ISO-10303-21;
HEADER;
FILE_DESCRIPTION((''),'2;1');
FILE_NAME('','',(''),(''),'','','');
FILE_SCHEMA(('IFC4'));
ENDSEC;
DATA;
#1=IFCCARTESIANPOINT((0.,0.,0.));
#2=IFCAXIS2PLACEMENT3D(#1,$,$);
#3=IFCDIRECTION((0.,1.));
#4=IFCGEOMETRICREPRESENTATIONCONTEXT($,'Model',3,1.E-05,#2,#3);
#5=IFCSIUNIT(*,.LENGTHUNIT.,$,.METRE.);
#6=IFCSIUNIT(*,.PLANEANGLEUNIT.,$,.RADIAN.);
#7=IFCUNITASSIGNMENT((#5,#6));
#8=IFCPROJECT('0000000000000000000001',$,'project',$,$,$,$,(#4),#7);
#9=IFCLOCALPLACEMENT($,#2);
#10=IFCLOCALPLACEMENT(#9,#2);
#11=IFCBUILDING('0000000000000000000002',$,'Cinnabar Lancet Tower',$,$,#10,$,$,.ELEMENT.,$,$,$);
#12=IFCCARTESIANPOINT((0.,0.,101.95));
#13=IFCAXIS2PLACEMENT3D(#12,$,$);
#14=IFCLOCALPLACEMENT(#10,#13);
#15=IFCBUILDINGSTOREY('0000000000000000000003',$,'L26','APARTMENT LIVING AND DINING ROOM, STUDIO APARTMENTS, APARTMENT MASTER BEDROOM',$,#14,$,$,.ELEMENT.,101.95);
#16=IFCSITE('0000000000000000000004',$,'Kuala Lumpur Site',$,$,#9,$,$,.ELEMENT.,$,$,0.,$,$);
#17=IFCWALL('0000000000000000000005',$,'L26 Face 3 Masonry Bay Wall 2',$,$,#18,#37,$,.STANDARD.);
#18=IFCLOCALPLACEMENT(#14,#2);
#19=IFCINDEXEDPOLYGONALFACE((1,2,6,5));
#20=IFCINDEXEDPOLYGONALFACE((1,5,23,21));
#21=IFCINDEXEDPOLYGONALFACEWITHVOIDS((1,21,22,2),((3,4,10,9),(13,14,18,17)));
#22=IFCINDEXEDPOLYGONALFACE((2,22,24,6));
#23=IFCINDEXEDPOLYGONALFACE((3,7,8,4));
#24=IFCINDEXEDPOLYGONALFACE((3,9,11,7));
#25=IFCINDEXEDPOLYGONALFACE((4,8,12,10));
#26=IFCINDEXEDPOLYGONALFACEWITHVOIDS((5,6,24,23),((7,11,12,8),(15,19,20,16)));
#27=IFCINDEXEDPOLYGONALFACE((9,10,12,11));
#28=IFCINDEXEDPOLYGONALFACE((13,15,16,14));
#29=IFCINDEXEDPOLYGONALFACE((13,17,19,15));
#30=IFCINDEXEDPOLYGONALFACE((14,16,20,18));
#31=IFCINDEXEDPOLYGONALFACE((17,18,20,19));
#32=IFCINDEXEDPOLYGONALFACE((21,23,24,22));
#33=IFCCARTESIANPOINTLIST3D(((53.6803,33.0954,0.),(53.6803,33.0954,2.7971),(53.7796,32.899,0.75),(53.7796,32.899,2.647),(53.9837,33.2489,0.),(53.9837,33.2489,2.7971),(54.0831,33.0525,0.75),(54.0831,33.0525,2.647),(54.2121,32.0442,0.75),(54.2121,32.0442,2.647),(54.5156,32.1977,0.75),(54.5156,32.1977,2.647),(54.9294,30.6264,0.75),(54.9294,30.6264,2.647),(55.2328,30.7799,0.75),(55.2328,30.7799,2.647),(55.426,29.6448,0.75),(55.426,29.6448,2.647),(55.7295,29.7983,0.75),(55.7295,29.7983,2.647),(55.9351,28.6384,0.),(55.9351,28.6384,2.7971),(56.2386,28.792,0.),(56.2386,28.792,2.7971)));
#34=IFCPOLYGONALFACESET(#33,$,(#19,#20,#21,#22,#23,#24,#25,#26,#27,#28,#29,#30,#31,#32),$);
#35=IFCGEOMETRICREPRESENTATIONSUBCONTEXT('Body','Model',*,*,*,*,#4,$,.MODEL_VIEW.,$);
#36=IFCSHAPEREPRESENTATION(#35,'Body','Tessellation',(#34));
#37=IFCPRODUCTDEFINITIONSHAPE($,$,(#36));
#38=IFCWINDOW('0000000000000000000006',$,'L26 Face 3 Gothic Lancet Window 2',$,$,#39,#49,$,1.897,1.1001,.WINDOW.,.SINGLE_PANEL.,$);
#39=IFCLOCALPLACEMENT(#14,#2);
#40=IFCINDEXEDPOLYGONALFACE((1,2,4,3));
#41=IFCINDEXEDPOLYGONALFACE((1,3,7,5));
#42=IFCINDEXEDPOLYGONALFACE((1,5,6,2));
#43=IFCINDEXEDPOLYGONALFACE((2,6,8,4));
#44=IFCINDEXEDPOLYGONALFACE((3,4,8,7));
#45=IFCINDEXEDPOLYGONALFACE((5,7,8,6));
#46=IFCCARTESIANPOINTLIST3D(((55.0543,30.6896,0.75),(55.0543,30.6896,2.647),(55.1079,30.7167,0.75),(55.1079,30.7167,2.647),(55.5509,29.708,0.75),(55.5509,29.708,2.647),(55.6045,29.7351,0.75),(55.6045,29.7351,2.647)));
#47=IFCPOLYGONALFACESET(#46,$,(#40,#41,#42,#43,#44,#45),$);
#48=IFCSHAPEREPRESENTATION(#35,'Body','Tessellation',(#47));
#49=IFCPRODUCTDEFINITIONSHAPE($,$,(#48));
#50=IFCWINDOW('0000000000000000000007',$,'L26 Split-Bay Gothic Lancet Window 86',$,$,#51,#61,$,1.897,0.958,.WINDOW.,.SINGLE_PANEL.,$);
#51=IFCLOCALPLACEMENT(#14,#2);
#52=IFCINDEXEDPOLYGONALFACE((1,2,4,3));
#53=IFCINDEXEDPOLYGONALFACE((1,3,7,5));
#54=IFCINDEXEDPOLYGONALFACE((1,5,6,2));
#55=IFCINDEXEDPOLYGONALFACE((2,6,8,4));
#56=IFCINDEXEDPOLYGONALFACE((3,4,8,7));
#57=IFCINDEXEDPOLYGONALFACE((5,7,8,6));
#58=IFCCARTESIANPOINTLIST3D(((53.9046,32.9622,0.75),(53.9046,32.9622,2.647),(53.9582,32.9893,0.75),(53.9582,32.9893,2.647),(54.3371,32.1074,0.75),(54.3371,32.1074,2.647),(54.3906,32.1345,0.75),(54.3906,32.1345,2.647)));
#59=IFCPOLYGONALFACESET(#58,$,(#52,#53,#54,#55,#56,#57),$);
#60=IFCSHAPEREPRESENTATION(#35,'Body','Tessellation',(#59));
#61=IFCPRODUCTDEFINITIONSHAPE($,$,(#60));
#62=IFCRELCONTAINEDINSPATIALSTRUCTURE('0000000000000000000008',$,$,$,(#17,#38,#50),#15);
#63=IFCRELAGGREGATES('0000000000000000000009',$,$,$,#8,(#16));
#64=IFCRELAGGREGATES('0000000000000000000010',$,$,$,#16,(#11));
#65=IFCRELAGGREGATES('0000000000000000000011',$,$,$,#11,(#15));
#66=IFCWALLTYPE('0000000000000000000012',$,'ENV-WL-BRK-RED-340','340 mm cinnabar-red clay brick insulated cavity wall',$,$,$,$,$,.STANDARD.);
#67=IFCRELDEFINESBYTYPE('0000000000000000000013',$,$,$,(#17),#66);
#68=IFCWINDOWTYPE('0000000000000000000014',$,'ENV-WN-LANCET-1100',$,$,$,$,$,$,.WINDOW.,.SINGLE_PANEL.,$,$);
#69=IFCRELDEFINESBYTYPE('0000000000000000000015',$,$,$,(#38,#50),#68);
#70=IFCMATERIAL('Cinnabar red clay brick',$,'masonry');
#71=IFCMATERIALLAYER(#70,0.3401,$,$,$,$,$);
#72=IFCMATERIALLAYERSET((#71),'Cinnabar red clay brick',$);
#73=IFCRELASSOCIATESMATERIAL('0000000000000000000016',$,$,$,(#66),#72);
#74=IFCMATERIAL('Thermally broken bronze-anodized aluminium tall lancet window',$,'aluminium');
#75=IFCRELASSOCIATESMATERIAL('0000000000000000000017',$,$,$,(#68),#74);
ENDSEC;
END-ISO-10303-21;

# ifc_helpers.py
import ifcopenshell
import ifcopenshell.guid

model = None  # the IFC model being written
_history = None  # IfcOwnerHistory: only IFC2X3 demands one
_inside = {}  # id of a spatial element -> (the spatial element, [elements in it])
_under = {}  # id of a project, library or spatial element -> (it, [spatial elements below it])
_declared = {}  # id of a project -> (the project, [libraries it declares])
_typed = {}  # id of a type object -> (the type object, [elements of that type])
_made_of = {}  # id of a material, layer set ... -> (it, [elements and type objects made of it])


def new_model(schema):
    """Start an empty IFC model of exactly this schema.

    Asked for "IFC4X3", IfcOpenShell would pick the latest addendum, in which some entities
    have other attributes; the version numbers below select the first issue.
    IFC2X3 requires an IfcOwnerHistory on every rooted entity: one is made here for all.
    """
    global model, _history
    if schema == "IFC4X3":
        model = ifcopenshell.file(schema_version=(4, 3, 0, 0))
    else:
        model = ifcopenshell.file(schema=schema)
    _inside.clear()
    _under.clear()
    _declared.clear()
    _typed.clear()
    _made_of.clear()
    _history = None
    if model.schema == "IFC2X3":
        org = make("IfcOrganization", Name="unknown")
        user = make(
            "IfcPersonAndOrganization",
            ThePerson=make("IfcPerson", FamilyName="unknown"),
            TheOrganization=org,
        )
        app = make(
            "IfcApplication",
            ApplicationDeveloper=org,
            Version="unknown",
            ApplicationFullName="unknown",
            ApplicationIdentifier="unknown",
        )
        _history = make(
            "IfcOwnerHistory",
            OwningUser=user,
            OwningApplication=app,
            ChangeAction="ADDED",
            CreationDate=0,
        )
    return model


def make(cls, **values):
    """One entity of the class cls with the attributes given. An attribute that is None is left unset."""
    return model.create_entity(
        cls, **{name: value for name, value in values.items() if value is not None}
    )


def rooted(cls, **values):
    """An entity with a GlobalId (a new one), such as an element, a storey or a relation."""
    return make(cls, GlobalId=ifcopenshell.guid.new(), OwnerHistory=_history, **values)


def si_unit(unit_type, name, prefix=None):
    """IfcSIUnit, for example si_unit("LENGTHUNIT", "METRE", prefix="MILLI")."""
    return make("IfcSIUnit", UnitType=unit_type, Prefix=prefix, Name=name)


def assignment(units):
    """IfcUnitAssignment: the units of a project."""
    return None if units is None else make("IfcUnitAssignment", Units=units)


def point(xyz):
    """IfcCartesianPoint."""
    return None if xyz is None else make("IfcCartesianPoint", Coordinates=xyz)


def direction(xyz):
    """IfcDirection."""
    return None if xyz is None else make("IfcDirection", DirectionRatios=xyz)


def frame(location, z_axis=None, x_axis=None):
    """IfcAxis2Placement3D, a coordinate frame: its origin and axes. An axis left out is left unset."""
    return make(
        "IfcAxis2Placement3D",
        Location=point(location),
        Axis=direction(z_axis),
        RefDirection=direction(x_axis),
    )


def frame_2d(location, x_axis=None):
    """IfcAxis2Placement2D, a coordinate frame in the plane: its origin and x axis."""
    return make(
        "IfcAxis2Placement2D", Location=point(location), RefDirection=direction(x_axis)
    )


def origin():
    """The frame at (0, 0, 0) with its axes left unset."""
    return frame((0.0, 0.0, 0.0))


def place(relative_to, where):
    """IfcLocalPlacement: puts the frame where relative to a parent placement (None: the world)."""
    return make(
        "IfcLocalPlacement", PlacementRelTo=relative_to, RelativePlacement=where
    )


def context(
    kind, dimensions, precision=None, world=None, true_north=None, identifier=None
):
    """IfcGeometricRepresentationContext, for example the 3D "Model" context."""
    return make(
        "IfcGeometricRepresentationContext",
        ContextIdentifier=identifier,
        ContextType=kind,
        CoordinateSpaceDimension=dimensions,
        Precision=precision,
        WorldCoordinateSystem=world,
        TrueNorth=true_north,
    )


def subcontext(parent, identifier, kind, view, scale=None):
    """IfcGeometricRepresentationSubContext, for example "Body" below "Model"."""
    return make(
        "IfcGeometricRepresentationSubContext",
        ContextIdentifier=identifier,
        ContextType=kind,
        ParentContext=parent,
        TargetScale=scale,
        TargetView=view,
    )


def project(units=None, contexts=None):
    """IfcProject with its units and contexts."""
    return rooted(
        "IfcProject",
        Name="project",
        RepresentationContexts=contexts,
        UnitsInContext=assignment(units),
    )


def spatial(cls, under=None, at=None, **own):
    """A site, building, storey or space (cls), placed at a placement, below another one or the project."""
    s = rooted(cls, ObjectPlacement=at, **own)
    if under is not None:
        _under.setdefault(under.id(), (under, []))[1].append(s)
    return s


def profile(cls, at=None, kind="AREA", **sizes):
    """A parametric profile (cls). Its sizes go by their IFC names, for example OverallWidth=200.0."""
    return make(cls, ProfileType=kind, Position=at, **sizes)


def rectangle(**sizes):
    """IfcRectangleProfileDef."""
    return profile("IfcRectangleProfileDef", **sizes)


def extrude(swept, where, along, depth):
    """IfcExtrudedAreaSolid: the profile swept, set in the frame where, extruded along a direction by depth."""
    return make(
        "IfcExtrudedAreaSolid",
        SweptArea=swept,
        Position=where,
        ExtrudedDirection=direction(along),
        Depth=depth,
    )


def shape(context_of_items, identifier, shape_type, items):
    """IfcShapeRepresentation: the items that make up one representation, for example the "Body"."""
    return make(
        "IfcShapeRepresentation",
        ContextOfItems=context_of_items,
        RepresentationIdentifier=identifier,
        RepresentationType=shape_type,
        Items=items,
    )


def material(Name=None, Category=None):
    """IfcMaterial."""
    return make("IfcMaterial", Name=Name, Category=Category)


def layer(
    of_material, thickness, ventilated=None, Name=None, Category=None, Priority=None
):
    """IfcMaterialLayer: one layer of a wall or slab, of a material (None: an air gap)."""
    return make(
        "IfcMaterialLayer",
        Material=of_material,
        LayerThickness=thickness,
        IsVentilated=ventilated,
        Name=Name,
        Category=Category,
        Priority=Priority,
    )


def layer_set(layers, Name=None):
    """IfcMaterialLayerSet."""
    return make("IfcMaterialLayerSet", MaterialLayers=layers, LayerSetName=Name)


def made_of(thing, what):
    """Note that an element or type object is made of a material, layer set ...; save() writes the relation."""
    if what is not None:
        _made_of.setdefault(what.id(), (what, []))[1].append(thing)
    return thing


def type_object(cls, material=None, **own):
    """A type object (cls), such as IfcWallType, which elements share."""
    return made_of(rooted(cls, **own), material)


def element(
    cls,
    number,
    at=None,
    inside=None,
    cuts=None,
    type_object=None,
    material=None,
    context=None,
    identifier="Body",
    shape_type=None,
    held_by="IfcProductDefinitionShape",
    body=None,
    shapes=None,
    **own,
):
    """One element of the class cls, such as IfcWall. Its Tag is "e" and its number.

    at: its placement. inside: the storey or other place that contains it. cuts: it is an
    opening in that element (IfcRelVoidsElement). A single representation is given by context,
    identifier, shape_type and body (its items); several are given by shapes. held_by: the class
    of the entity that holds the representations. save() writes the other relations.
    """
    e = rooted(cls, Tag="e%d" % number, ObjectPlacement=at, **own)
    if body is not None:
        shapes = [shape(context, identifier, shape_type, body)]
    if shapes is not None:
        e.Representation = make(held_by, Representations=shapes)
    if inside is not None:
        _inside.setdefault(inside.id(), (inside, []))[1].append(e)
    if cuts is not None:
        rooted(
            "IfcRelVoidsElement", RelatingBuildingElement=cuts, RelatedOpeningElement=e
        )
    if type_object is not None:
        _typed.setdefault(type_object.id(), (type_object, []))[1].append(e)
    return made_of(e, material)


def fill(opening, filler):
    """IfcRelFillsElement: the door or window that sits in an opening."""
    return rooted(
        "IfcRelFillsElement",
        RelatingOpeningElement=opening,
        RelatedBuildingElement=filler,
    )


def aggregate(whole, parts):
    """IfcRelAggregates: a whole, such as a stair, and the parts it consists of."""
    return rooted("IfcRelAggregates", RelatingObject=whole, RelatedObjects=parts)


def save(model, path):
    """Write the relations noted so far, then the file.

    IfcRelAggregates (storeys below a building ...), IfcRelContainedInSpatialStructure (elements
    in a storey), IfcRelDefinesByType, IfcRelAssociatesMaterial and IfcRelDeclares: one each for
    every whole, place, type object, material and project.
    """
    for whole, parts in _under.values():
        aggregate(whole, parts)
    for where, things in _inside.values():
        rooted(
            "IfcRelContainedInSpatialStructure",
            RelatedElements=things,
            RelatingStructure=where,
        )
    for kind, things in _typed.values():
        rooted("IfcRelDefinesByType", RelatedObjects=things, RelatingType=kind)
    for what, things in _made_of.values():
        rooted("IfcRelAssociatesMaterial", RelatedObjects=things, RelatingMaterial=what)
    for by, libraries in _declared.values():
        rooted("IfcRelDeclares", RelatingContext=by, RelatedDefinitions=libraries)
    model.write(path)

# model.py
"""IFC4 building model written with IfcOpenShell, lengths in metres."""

from ifc_helpers import new_model, si_unit, direction, frame, frame_2d, origin, place, context, subcontext, project, spatial, rectangle, extrude, material, layer, layer_set, type_object, element, fill, save


model = new_model("IFC4")

# Units and contexts
model_context = context("Model", 3, precision=1e-05, world=origin(), true_north=direction((0.0, 1.0)))
body_context = subcontext(model_context, "Body", "Model", "MODEL_VIEW")
ifc_project = project(units=[si_unit("LENGTHUNIT", "METRE"), si_unit("PLANEANGLEUNIT", "RADIAN")], contexts=[model_context])

# Site, building, storey
site_placement = place(None, origin())
site = spatial("IfcSite", under=ifc_project, at=site_placement, Name="Kuala Lumpur Site", CompositionType="ELEMENT", RefElevation=0.0)
building_placement = place(site_placement, origin())
building = spatial("IfcBuilding", under=site, at=building_placement, Name="Cinnabar Lancet Tower", CompositionType="ELEMENT")
storey_placement = place(building_placement, frame((0.0, 0.0, 101.95)))
storey = spatial("IfcBuildingStorey", under=building, at=storey_placement, Name="L26", Description="APARTMENT LIVING AND DINING ROOM, STUDIO APARTMENTS, APARTMENT MASTER BEDROOM", CompositionType="ELEMENT", Elevation=101.95)

# Shared definitions
ifc_material_1 = material(Name="Cinnabar red clay brick", Category="masonry")
ifc_layer_1 = layer(ifc_material_1, 0.3401)
ifc_layer_set_1 = layer_set([ifc_layer_1], Name="Cinnabar red clay brick")
wall_type_1 = type_object("IfcWallType", Name="ENV-WL-BRK-RED-340", Description="340 mm cinnabar-red clay brick insulated cavity wall", PredefinedType="STANDARD", material=ifc_layer_set_1)

# Wall, openings, windows
wall_1_placement = place(storey_placement, frame((56.0869, 28.7151, 0.0), z_axis=(0.0, 0.0, 1.0), x_axis=(-0.451432, 0.892306, 0.0)))
wall_1 = element("IfcWall", 1, at=wall_1_placement, inside=storey, type_object=wall_type_1, Name="L26 Face 3 Masonry Bay Wall 2", PredefinedType="STANDARD", context=body_context, shape_type="SweptSolid", body=[
    extrude(rectangle(XDim=4.9949, YDim=0.3401, at=frame_2d((2.4976, 0.0))), origin(), (0.0, 0.0, 1.0), 2.7971),
])
opening_1_placement = place(wall_1_placement, frame((1.1279, 0.0, 0.75)))
opening_1 = element("IfcOpeningElement", 2, at=opening_1_placement, cuts=wall_1, PredefinedType="OPENING", context=body_context, shape_type="SweptSolid", body=[
    extrude(rectangle(XDim=1.1001, YDim=1.897, at=frame_2d((0.55, 0.9485))), frame((0.0, 0.1799, 0.0), z_axis=(0.0, -1.0, 0.0), x_axis=(1.0, 0.0, 0.0)), (0.0, 0.0, 1.0), 0.3601),
])
opening_2_placement = place(wall_1_placement, frame((3.8169, 0.0, 0.75)))
opening_2 = element("IfcOpeningElement", 3, at=opening_2_placement, cuts=wall_1, PredefinedType="OPENING", context=body_context, shape_type="SweptSolid", body=[
    extrude(rectangle(XDim=0.958, YDim=1.897, at=frame_2d((0.479, 0.9485))), frame((0.0, 0.1799, 0.0), z_axis=(0.0, -1.0, 0.0), x_axis=(1.0, 0.0, 0.0)), (0.0, 0.0, 1.0), 0.3601),
])
ifc_material_2 = material(Name="Thermally broken bronze-anodized aluminium tall lancet window", Category="aluminium")
window_type = type_object("IfcWindowType", Name="ENV-WN-LANCET-1100", PartitioningType="SINGLE_PANEL", PredefinedType="WINDOW", material=ifc_material_2)
window_1_placement = place(opening_1_placement, origin())
window_1 = element("IfcWindow", 4, at=window_1_placement, inside=storey, type_object=window_type, Name="L26 Face 3 Gothic Lancet Window 2", OverallHeight=1.897, OverallWidth=1.1001, PartitioningType="SINGLE_PANEL", PredefinedType="WINDOW", context=body_context, shape_type="SweptSolid", body=[
    extrude(rectangle(XDim=1.1001, YDim=1.897, at=frame_2d((0.55, 0.9485))), frame((0.0, 0.03, 0.0), z_axis=(0.0, -1.0, 0.0), x_axis=(1.0, 0.0, 0.0)), (0.0, 0.0, 1.0), 0.0601),
])
fill(opening_1, window_1)
window_2_placement = place(opening_2_placement, origin())
window_2 = element("IfcWindow", 5, at=window_2_placement, inside=storey, type_object=window_type, Name="L26 Split-Bay Gothic Lancet Window 86", OverallHeight=1.897, OverallWidth=0.958, PartitioningType="SINGLE_PANEL", PredefinedType="WINDOW", context=body_context, shape_type="SweptSolid", body=[
    extrude(rectangle(XDim=0.958, YDim=1.897, at=frame_2d((0.479, 0.9485))), frame((0.0, 0.03, 0.0), z_axis=(0.0, -1.0, 0.0), x_axis=(1.0, 0.0, 0.0)), (0.0, 0.0, 1.0), 0.0601),
])
fill(opening_2, window_2)

save(model, "model.ifc")
